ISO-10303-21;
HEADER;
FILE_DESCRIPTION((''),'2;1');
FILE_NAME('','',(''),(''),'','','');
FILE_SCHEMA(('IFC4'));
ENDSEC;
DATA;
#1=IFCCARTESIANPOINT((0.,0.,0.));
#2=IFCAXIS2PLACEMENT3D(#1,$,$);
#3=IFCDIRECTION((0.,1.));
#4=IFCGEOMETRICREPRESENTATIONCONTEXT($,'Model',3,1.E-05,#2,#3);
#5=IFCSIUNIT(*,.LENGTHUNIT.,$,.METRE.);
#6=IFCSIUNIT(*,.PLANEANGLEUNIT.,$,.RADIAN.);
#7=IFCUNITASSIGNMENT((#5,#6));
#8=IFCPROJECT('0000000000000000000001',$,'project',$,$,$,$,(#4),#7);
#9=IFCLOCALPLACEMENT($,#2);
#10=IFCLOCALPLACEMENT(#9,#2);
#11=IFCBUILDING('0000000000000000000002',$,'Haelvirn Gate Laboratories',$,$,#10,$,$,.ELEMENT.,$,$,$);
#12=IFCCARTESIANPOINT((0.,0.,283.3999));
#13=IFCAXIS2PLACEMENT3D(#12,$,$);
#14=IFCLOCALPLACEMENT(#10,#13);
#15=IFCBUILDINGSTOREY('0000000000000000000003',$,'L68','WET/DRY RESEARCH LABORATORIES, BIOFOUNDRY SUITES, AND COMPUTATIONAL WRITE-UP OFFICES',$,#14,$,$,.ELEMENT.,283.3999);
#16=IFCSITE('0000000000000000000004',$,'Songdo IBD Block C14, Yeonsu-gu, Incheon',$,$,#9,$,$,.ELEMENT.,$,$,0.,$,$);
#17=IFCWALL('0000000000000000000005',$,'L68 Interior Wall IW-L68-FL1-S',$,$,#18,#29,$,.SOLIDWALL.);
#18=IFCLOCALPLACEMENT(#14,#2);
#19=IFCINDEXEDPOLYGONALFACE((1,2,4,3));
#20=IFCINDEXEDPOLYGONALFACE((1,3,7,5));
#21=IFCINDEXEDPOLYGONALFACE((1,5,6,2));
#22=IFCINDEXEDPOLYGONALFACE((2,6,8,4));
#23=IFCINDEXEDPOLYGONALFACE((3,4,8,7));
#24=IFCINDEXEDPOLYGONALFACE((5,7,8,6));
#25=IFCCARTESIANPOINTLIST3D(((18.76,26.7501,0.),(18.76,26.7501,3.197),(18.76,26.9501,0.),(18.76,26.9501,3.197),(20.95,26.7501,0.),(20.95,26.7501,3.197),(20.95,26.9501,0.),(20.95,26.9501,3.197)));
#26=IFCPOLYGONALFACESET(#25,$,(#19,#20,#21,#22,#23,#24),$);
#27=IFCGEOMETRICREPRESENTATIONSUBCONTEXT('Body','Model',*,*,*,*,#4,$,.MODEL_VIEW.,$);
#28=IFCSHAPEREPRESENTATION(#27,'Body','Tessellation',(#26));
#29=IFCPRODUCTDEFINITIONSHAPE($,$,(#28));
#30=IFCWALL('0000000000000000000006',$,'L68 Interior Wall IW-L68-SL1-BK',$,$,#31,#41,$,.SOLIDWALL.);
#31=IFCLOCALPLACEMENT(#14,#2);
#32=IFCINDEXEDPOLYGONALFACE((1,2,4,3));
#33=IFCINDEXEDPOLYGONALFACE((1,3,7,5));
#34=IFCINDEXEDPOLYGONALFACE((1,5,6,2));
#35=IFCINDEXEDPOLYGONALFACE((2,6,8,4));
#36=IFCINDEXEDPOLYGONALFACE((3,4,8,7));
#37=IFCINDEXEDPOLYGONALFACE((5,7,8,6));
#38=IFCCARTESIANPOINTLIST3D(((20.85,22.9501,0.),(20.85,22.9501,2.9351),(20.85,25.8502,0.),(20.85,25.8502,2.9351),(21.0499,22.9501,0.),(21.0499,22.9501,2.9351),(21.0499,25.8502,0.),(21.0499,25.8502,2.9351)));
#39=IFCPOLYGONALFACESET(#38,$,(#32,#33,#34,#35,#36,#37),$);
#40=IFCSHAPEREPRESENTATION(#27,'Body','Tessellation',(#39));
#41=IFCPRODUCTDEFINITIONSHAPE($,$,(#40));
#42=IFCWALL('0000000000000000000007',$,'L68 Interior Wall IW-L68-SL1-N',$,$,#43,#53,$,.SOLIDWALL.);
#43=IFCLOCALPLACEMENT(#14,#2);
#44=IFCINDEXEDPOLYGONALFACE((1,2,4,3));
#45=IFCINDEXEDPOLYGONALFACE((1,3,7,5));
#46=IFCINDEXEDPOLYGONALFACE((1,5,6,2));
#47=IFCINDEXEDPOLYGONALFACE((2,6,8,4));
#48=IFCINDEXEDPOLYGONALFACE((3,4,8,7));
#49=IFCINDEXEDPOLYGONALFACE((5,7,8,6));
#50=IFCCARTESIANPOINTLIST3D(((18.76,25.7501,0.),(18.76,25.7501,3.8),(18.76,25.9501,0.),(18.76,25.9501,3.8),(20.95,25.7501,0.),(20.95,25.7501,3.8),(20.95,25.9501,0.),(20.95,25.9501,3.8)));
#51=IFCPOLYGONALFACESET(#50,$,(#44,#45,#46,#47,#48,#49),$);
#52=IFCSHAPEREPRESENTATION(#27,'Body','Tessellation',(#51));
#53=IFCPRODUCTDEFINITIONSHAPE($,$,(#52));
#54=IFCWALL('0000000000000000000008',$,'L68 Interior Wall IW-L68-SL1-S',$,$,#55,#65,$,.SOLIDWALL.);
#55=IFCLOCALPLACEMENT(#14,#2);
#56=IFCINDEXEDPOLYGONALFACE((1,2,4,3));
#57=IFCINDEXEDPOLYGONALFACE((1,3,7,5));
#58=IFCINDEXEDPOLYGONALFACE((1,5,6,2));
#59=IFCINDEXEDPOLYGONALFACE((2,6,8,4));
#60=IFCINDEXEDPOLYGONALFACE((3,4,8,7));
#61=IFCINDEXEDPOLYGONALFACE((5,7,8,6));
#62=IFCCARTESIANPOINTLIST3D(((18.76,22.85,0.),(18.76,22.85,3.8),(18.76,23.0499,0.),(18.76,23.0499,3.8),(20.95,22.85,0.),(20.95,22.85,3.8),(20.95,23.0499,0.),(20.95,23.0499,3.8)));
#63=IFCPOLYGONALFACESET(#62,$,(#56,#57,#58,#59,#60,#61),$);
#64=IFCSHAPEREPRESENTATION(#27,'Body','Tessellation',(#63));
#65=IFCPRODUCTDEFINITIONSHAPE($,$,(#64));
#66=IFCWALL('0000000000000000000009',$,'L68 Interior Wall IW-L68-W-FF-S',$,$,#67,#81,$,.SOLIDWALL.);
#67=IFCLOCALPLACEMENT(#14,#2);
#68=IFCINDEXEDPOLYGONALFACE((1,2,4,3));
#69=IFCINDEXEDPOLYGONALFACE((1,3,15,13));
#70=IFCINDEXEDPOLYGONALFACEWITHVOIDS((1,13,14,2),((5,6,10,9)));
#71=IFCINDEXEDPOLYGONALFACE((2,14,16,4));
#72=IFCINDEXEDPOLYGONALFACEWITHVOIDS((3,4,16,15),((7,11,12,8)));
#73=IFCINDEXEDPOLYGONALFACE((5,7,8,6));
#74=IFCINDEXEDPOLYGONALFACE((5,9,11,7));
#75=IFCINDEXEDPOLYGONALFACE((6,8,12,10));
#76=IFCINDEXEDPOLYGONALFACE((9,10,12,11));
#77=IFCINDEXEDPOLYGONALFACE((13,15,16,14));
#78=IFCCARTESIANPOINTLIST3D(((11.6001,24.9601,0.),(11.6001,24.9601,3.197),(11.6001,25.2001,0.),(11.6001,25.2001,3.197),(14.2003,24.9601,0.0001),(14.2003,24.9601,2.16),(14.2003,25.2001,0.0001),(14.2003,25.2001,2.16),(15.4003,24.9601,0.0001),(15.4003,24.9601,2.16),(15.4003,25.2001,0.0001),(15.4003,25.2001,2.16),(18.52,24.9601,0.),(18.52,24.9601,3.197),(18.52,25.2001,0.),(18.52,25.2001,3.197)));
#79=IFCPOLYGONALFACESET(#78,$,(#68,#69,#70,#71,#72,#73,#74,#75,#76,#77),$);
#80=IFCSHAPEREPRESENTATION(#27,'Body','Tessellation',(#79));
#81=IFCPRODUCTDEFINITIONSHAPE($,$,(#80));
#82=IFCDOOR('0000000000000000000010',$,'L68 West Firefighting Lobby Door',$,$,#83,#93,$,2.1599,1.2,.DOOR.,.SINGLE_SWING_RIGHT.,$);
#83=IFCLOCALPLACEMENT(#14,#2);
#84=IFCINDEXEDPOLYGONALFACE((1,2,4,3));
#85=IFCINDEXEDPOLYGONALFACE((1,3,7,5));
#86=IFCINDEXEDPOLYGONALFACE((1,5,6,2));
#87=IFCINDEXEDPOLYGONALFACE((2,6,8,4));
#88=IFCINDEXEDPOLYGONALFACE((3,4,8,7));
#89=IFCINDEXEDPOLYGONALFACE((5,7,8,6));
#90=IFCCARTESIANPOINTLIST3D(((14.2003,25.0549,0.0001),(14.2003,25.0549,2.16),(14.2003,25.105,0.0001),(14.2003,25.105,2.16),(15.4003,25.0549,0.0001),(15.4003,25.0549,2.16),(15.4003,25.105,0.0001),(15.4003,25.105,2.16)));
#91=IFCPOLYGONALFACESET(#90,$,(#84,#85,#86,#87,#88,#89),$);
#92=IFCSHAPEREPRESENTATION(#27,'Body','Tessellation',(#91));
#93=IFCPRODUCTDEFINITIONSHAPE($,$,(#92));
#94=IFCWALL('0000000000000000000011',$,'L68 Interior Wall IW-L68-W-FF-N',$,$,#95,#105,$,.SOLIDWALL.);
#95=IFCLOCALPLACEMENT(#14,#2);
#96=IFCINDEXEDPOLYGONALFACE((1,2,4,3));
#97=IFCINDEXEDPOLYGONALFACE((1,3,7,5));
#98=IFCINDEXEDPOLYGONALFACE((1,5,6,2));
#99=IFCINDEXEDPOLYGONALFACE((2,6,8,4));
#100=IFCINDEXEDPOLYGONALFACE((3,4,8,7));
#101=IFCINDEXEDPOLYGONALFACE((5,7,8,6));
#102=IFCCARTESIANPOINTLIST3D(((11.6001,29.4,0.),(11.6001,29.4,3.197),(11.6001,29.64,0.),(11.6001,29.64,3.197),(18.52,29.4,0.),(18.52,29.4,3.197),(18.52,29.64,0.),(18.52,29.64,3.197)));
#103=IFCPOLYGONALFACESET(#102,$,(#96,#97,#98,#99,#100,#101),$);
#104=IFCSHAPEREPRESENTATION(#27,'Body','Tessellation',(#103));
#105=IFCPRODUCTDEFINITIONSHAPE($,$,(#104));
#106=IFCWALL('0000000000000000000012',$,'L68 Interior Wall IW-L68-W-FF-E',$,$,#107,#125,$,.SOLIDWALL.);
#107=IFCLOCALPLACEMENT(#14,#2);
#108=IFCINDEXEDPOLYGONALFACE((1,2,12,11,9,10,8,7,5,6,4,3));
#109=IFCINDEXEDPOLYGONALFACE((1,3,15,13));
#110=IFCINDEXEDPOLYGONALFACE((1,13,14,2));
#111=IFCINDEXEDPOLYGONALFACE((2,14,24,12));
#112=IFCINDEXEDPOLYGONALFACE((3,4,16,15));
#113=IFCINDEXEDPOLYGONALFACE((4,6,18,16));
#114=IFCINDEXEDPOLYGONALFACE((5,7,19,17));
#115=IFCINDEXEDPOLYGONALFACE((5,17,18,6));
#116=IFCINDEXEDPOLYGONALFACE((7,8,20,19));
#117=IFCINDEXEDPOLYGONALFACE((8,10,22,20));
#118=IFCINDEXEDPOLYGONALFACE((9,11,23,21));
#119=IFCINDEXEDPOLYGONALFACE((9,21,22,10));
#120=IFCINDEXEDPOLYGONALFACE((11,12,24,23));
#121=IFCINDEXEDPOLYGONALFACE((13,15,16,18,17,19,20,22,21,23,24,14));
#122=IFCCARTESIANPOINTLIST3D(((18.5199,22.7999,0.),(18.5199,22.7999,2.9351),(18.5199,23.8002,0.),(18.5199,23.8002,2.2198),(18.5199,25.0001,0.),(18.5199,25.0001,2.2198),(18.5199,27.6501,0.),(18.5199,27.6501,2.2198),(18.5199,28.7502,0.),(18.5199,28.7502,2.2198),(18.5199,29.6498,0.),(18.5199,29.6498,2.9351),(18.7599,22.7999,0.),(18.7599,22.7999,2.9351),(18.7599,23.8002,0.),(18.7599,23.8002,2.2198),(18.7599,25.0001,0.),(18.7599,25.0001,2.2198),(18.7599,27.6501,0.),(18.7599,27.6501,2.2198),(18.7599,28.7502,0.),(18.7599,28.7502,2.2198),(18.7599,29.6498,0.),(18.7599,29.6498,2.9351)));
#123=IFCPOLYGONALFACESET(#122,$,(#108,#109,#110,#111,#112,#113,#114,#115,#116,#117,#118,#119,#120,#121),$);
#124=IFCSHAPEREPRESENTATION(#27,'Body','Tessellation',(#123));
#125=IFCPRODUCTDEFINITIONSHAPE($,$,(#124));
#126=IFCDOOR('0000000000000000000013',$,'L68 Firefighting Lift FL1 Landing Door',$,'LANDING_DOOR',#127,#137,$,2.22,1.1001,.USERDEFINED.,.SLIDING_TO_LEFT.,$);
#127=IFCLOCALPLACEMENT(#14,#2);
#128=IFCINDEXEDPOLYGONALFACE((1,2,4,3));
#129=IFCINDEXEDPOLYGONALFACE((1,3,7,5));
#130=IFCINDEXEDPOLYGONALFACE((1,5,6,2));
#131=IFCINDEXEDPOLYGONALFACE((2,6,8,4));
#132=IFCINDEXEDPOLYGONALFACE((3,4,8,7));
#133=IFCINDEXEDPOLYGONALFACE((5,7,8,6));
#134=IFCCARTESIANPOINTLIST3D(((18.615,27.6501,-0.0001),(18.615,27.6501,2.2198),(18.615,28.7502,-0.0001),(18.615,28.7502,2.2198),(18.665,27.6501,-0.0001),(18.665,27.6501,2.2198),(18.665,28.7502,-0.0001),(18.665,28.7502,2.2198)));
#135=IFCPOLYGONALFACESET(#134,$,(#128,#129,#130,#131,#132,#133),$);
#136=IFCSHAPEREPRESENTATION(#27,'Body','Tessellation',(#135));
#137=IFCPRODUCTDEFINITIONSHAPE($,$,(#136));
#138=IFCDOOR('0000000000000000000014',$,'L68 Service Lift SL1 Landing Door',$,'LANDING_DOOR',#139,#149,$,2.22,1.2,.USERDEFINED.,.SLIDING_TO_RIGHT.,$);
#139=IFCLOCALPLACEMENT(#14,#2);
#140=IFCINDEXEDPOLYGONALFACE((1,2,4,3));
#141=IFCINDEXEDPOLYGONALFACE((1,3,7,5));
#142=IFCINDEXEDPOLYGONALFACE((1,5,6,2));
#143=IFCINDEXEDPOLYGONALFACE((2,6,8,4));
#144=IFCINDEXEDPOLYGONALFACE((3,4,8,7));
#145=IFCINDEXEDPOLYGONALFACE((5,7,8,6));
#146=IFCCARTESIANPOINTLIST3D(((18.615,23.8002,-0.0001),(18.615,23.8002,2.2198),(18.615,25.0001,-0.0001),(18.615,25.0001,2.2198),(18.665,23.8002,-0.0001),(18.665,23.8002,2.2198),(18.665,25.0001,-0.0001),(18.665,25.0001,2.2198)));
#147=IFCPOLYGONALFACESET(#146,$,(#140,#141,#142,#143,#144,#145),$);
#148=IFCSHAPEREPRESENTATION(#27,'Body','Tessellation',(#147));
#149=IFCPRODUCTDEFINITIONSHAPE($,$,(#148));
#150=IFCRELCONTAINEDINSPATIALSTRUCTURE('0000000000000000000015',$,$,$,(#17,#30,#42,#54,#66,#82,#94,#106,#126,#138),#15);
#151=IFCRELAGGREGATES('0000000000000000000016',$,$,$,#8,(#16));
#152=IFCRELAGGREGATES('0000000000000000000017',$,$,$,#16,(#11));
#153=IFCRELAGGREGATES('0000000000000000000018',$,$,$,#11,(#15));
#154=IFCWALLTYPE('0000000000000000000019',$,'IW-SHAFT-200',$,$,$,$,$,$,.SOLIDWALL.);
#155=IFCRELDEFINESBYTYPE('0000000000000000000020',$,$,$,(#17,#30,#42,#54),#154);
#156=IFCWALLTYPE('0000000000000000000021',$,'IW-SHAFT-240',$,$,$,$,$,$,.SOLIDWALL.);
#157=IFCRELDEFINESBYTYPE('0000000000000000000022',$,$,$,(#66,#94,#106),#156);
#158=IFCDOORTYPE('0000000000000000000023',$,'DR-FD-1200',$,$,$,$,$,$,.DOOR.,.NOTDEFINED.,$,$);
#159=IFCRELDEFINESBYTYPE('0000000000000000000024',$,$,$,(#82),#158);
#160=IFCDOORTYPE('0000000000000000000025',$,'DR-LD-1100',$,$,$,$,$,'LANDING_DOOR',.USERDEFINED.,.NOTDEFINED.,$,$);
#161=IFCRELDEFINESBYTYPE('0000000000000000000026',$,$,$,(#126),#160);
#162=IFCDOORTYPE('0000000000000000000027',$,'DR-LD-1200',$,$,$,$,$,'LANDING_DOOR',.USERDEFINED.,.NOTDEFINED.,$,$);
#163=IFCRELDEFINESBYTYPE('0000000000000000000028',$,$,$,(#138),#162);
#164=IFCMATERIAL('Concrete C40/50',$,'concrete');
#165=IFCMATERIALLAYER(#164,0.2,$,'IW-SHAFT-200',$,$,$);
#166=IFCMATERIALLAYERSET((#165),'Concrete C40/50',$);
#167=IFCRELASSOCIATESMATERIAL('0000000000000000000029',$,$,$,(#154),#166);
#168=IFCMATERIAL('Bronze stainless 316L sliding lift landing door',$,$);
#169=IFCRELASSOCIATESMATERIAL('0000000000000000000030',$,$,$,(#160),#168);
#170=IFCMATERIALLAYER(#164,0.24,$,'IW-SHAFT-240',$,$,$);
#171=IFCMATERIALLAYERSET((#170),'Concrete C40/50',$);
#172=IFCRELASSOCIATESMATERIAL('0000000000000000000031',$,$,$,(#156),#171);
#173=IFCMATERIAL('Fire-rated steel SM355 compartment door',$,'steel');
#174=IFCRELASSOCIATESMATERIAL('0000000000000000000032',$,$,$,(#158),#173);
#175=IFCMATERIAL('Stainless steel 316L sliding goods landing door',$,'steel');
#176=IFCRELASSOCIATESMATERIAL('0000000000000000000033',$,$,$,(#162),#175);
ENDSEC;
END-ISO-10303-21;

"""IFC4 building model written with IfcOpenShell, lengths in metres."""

from ifc_helpers import new_model, si_unit, direction, frame, frame_2d, origin, place, context, subcontext, project, spatial, rectangle, extrude, source, transform, mapped, material, layer, layer_set, type_object, type_shapes, element, fill, save


model = new_model("IFC4")

# Units and contexts
model_context = context("Model", 3, precision=1e-05, world=origin(), true_north=direction((0.0, 1.0)))
body_context = subcontext(model_context, "Body", "Model", "MODEL_VIEW")
ifc_project = project(units=[si_unit("LENGTHUNIT", "METRE"), si_unit("PLANEANGLEUNIT", "RADIAN")], contexts=[model_context])

# Site, building, storey
site_placement = place(None, origin())
site = spatial("IfcSite", under=ifc_project, at=site_placement, Name="Songdo IBD Block C14, Yeonsu-gu, Incheon", CompositionType="ELEMENT", RefElevation=0.0)
building_placement = place(site_placement, origin())
building = spatial("IfcBuilding", under=site, at=building_placement, Name="Haelvirn Gate Laboratories", CompositionType="ELEMENT")
storey_placement = place(building_placement, frame((0.0, 0.0, 283.3999)))
storey = spatial("IfcBuildingStorey", under=building, at=storey_placement, Name="L68", Description="WET/DRY RESEARCH LABORATORIES, BIOFOUNDRY SUITES, AND COMPUTATIONAL WRITE-UP OFFICES", CompositionType="ELEMENT", Elevation=283.3999)

# Shared definitions
ifc_material_1 = material(Name="Concrete C40/50", Category="concrete")

# Shared definitions
ifc_layer_1 = layer(ifc_material_1, 0.2, Name="IW-SHAFT-200")
ifc_layer_set_1 = layer_set([ifc_layer_1], Name="Concrete C40/50")
wall_type_1 = type_object("IfcWallType", Name="IW-SHAFT-200", PredefinedType="SOLIDWALL", material=ifc_layer_set_1)
ifc_material_2 = material(Name="Bronze stainless 316L sliding lift landing door")
door_type_1 = type_object("IfcDoorType", Name="DR-LD-1100", ElementType="LANDING_DOOR", OperationType="NOTDEFINED", PredefinedType="USERDEFINED", material=ifc_material_2)
shared_shape_1 = source(origin(), body_context, "Body", "SweptSolid", [
    extrude(rectangle(XDim=1.1001, YDim=2.22, at=frame_2d((0.55, 1.1099))), frame((0.0, 0.0249, 0.0), z_axis=(0.0, -1.0, 0.0), x_axis=(1.0, 0.0, 0.0)), (0.0, 0.0, 1.0), 0.05),
])
type_shapes(door_type_1, [shared_shape_1])

# Walls
wall_1_placement = place(storey_placement, frame((18.76, 26.8501, 0.0), z_axis=(0.0, 0.0, 1.0), x_axis=(1.0, 0.0, 0.0)))
element("IfcWall", 1, at=wall_1_placement, inside=storey, type_object=wall_type_1, Name="L68 Interior Wall IW-L68-FL1-S", PredefinedType="SOLIDWALL", context=body_context, shape_type="SweptSolid", body=[
    extrude(rectangle(XDim=2.1899, YDim=0.2, at=frame_2d((1.095, 0.0))), origin(), (0.0, 0.0, 1.0), 3.197),
])
wall_2_placement = place(storey_placement, frame((20.95, 22.95, 0.0), z_axis=(0.0, 0.0, 1.0), x_axis=(0.0, 1.0, 0.0)))
element("IfcWall", 2, at=wall_2_placement, inside=storey, type_object=wall_type_1, Name="L68 Interior Wall IW-L68-SL1-BK", PredefinedType="SOLIDWALL", context=body_context, shape_type="SweptSolid", body=[
    extrude(rectangle(XDim=2.9001, YDim=0.2, at=frame_2d((1.4502, 0.0))), origin(), (0.0, 0.0, 1.0), 2.9351),
])
for number, where, z_axis, x_axis, name in (
    (3, (18.76, 25.8501, 0.0), (0.0, 0.0, 1.0), (1.0, 0.0, 0.0), "L68 Interior Wall IW-L68-SL1-N"),
    (4, (18.76, 22.95, 0.0), (0.0, 0.0, 1.0), (1.0, 0.0, 0.0), "L68 Interior Wall IW-L68-SL1-S"),
):
    element("IfcWall", number, at=place(storey_placement, frame(where, z_axis=z_axis, x_axis=x_axis)), inside=storey, type_object=wall_type_1, Name=name, PredefinedType="SOLIDWALL", context=body_context, shape_type="SweptSolid", body=[
        extrude(rectangle(XDim=2.1899, YDim=0.2, at=frame_2d((1.095, 0.0))), origin(), (0.0, 0.0, 1.0), 3.8),
    ])

# Wall, opening, door
ifc_layer_2 = layer(ifc_material_1, 0.24, Name="IW-SHAFT-240")
ifc_layer_set_2 = layer_set([ifc_layer_2], Name="Concrete C40/50")
wall_type_2 = type_object("IfcWallType", Name="IW-SHAFT-240", PredefinedType="SOLIDWALL", material=ifc_layer_set_2)
wall_3_placement = place(storey_placement, frame((11.6001, 25.0801, 0.0), z_axis=(0.0, 0.0, 1.0), x_axis=(1.0, 0.0, 0.0)))
wall_3 = element("IfcWall", 5, at=wall_3_placement, inside=storey, type_object=wall_type_2, Name="L68 Interior Wall IW-L68-W-FF-S", PredefinedType="SOLIDWALL", context=body_context, shape_type="SweptSolid", body=[
    extrude(rectangle(XDim=6.9199, YDim=0.24, at=frame_2d((3.46, 0.0))), origin(), (0.0, 0.0, 1.0), 3.197),
])
opening_1_placement = place(wall_3_placement, frame((2.6001, 0.0, 0.0)))
opening_1 = element("IfcOpeningElement", 6, at=opening_1_placement, cuts=wall_3, PredefinedType="OPENING", context=body_context, shape_type="SweptSolid", body=[
    extrude(rectangle(XDim=1.2, YDim=2.1599, at=frame_2d((0.6001, 1.0801))), frame((0.0, 0.1299, 0.0), z_axis=(0.0, -1.0, 0.0), x_axis=(1.0, 0.0, 0.0)), (0.0, 0.0, 1.0), 0.26),
])
ifc_material_3 = material(Name="Fire-rated steel SM355 compartment door", Category="steel")
door_type_2 = type_object("IfcDoorType", Name="DR-FD-1200", OperationType="NOTDEFINED", PredefinedType="DOOR", material=ifc_material_3)
shared_shape_2 = source(origin(), body_context, "Body", "SweptSolid", [
    extrude(rectangle(XDim=1.2, YDim=2.1599, at=frame_2d((0.6001, 1.0801))), frame((0.0, 0.0249, 0.0), z_axis=(0.0, -1.0, 0.0), x_axis=(1.0, 0.0, 0.0)), (0.0, 0.0, 1.0), 0.05),
])
type_shapes(door_type_2, [shared_shape_2])
door_1_placement = place(opening_1_placement, origin())
door_1 = element("IfcDoor", 7, at=door_1_placement, inside=storey, type_object=door_type_2, Name="L68 West Firefighting Lobby Door", OperationType="SINGLE_SWING_RIGHT", OverallHeight=2.1599, OverallWidth=1.2, PredefinedType="DOOR", context=body_context, shape_type="MappedRepresentation", body=[
    mapped(shared_shape_2, transform((0.0, 0.0, 0.0), scale=1.0)),
])
fill(opening_1, door_1)

# Wall
wall_4_placement = place(storey_placement, frame((11.6001, 29.52, 0.0), z_axis=(0.0, 0.0, 1.0), x_axis=(1.0, 0.0, 0.0)))
element("IfcWall", 8, at=wall_4_placement, inside=storey, type_object=wall_type_2, Name="L68 Interior Wall IW-L68-W-FF-N", PredefinedType="SOLIDWALL", context=body_context, shape_type="SweptSolid", body=[
    extrude(rectangle(XDim=6.9199, YDim=0.24, at=frame_2d((3.46, 0.0))), origin(), (0.0, 0.0, 1.0), 3.197),
])

# Wall, openings, doors
wall_5_placement = place(storey_placement, frame((18.6399, 22.8, 0.0), z_axis=(0.0, 0.0, 1.0), x_axis=(0.0, 1.0, 0.0)))
wall_5 = element("IfcWall", 9, at=wall_5_placement, inside=storey, type_object=wall_type_2, Name="L68 Interior Wall IW-L68-W-FF-E", PredefinedType="SOLIDWALL", context=body_context, shape_type="SweptSolid", body=[
    extrude(rectangle(XDim=6.8499, YDim=0.24, at=frame_2d((3.4248, 0.0))), origin(), (0.0, 0.0, 1.0), 2.9351),
])
opening_2_placement = place(wall_5_placement, frame((4.8501, 0.0, 0.0)))
opening_2 = element("IfcOpeningElement", 10, at=opening_2_placement, cuts=wall_5, PredefinedType="OPENING", context=body_context, shape_type="SweptSolid", body=[
    extrude(rectangle(XDim=1.1001, YDim=2.22, at=frame_2d((0.55, 1.1099))), frame((0.0, 0.1299, 0.0), z_axis=(0.0, -1.0, 0.0), x_axis=(1.0, 0.0, 0.0)), (0.0, 0.0, 1.0), 0.26),
])
opening_3_placement = place(wall_5_placement, frame((1.0, 0.0, 0.0)))
opening_3 = element("IfcOpeningElement", 11, at=opening_3_placement, cuts=wall_5, PredefinedType="OPENING", context=body_context, shape_type="SweptSolid", body=[
    extrude(rectangle(XDim=1.2, YDim=2.22, at=frame_2d((0.6001, 1.1099))), frame((0.0, 0.1299, 0.0), z_axis=(0.0, -1.0, 0.0), x_axis=(1.0, 0.0, 0.0)), (0.0, 0.0, 1.0), 0.26),
])
door_2_placement = place(opening_2_placement, origin())
door_2 = element("IfcDoor", 12, at=door_2_placement, inside=storey, type_object=door_type_1, Name="L68 Firefighting Lift FL1 Landing Door", ObjectType="LANDING_DOOR", OperationType="SLIDING_TO_LEFT", OverallHeight=2.22, OverallWidth=1.1001, PredefinedType="USERDEFINED", context=body_context, shape_type="MappedRepresentation", body=[
    mapped(shared_shape_1, transform((0.0, 0.0, 0.0), scale=1.0)),
])
fill(opening_2, door_2)
ifc_material_4 = material(Name="Stainless steel 316L sliding goods landing door", Category="steel")
door_type_3 = type_object("IfcDoorType", Name="DR-LD-1200", ElementType="LANDING_DOOR", OperationType="NOTDEFINED", PredefinedType="USERDEFINED", material=ifc_material_4)
shared_shape_3 = source(origin(), body_context, "Body", "SweptSolid", [
    extrude(rectangle(XDim=1.2, YDim=2.22, at=frame_2d((0.6001, 1.1099))), frame((0.0, 0.0249, 0.0), z_axis=(0.0, -1.0, 0.0), x_axis=(1.0, 0.0, 0.0)), (0.0, 0.0, 1.0), 0.05),
])
type_shapes(door_type_3, [shared_shape_3])
door_3_placement = place(opening_3_placement, origin())
door_3 = element("IfcDoor", 13, at=door_3_placement, inside=storey, type_object=door_type_3, Name="L68 Service Lift SL1 Landing Door", ObjectType="LANDING_DOOR", OperationType="SLIDING_TO_RIGHT", OverallHeight=2.22, OverallWidth=1.2, PredefinedType="USERDEFINED", context=body_context, shape_type="MappedRepresentation", body=[
    mapped(shared_shape_3, transform((0.0, 0.0, 0.0), scale=1.0)),
])
fill(opening_3, door_3)

save(model, "model.ifc")
